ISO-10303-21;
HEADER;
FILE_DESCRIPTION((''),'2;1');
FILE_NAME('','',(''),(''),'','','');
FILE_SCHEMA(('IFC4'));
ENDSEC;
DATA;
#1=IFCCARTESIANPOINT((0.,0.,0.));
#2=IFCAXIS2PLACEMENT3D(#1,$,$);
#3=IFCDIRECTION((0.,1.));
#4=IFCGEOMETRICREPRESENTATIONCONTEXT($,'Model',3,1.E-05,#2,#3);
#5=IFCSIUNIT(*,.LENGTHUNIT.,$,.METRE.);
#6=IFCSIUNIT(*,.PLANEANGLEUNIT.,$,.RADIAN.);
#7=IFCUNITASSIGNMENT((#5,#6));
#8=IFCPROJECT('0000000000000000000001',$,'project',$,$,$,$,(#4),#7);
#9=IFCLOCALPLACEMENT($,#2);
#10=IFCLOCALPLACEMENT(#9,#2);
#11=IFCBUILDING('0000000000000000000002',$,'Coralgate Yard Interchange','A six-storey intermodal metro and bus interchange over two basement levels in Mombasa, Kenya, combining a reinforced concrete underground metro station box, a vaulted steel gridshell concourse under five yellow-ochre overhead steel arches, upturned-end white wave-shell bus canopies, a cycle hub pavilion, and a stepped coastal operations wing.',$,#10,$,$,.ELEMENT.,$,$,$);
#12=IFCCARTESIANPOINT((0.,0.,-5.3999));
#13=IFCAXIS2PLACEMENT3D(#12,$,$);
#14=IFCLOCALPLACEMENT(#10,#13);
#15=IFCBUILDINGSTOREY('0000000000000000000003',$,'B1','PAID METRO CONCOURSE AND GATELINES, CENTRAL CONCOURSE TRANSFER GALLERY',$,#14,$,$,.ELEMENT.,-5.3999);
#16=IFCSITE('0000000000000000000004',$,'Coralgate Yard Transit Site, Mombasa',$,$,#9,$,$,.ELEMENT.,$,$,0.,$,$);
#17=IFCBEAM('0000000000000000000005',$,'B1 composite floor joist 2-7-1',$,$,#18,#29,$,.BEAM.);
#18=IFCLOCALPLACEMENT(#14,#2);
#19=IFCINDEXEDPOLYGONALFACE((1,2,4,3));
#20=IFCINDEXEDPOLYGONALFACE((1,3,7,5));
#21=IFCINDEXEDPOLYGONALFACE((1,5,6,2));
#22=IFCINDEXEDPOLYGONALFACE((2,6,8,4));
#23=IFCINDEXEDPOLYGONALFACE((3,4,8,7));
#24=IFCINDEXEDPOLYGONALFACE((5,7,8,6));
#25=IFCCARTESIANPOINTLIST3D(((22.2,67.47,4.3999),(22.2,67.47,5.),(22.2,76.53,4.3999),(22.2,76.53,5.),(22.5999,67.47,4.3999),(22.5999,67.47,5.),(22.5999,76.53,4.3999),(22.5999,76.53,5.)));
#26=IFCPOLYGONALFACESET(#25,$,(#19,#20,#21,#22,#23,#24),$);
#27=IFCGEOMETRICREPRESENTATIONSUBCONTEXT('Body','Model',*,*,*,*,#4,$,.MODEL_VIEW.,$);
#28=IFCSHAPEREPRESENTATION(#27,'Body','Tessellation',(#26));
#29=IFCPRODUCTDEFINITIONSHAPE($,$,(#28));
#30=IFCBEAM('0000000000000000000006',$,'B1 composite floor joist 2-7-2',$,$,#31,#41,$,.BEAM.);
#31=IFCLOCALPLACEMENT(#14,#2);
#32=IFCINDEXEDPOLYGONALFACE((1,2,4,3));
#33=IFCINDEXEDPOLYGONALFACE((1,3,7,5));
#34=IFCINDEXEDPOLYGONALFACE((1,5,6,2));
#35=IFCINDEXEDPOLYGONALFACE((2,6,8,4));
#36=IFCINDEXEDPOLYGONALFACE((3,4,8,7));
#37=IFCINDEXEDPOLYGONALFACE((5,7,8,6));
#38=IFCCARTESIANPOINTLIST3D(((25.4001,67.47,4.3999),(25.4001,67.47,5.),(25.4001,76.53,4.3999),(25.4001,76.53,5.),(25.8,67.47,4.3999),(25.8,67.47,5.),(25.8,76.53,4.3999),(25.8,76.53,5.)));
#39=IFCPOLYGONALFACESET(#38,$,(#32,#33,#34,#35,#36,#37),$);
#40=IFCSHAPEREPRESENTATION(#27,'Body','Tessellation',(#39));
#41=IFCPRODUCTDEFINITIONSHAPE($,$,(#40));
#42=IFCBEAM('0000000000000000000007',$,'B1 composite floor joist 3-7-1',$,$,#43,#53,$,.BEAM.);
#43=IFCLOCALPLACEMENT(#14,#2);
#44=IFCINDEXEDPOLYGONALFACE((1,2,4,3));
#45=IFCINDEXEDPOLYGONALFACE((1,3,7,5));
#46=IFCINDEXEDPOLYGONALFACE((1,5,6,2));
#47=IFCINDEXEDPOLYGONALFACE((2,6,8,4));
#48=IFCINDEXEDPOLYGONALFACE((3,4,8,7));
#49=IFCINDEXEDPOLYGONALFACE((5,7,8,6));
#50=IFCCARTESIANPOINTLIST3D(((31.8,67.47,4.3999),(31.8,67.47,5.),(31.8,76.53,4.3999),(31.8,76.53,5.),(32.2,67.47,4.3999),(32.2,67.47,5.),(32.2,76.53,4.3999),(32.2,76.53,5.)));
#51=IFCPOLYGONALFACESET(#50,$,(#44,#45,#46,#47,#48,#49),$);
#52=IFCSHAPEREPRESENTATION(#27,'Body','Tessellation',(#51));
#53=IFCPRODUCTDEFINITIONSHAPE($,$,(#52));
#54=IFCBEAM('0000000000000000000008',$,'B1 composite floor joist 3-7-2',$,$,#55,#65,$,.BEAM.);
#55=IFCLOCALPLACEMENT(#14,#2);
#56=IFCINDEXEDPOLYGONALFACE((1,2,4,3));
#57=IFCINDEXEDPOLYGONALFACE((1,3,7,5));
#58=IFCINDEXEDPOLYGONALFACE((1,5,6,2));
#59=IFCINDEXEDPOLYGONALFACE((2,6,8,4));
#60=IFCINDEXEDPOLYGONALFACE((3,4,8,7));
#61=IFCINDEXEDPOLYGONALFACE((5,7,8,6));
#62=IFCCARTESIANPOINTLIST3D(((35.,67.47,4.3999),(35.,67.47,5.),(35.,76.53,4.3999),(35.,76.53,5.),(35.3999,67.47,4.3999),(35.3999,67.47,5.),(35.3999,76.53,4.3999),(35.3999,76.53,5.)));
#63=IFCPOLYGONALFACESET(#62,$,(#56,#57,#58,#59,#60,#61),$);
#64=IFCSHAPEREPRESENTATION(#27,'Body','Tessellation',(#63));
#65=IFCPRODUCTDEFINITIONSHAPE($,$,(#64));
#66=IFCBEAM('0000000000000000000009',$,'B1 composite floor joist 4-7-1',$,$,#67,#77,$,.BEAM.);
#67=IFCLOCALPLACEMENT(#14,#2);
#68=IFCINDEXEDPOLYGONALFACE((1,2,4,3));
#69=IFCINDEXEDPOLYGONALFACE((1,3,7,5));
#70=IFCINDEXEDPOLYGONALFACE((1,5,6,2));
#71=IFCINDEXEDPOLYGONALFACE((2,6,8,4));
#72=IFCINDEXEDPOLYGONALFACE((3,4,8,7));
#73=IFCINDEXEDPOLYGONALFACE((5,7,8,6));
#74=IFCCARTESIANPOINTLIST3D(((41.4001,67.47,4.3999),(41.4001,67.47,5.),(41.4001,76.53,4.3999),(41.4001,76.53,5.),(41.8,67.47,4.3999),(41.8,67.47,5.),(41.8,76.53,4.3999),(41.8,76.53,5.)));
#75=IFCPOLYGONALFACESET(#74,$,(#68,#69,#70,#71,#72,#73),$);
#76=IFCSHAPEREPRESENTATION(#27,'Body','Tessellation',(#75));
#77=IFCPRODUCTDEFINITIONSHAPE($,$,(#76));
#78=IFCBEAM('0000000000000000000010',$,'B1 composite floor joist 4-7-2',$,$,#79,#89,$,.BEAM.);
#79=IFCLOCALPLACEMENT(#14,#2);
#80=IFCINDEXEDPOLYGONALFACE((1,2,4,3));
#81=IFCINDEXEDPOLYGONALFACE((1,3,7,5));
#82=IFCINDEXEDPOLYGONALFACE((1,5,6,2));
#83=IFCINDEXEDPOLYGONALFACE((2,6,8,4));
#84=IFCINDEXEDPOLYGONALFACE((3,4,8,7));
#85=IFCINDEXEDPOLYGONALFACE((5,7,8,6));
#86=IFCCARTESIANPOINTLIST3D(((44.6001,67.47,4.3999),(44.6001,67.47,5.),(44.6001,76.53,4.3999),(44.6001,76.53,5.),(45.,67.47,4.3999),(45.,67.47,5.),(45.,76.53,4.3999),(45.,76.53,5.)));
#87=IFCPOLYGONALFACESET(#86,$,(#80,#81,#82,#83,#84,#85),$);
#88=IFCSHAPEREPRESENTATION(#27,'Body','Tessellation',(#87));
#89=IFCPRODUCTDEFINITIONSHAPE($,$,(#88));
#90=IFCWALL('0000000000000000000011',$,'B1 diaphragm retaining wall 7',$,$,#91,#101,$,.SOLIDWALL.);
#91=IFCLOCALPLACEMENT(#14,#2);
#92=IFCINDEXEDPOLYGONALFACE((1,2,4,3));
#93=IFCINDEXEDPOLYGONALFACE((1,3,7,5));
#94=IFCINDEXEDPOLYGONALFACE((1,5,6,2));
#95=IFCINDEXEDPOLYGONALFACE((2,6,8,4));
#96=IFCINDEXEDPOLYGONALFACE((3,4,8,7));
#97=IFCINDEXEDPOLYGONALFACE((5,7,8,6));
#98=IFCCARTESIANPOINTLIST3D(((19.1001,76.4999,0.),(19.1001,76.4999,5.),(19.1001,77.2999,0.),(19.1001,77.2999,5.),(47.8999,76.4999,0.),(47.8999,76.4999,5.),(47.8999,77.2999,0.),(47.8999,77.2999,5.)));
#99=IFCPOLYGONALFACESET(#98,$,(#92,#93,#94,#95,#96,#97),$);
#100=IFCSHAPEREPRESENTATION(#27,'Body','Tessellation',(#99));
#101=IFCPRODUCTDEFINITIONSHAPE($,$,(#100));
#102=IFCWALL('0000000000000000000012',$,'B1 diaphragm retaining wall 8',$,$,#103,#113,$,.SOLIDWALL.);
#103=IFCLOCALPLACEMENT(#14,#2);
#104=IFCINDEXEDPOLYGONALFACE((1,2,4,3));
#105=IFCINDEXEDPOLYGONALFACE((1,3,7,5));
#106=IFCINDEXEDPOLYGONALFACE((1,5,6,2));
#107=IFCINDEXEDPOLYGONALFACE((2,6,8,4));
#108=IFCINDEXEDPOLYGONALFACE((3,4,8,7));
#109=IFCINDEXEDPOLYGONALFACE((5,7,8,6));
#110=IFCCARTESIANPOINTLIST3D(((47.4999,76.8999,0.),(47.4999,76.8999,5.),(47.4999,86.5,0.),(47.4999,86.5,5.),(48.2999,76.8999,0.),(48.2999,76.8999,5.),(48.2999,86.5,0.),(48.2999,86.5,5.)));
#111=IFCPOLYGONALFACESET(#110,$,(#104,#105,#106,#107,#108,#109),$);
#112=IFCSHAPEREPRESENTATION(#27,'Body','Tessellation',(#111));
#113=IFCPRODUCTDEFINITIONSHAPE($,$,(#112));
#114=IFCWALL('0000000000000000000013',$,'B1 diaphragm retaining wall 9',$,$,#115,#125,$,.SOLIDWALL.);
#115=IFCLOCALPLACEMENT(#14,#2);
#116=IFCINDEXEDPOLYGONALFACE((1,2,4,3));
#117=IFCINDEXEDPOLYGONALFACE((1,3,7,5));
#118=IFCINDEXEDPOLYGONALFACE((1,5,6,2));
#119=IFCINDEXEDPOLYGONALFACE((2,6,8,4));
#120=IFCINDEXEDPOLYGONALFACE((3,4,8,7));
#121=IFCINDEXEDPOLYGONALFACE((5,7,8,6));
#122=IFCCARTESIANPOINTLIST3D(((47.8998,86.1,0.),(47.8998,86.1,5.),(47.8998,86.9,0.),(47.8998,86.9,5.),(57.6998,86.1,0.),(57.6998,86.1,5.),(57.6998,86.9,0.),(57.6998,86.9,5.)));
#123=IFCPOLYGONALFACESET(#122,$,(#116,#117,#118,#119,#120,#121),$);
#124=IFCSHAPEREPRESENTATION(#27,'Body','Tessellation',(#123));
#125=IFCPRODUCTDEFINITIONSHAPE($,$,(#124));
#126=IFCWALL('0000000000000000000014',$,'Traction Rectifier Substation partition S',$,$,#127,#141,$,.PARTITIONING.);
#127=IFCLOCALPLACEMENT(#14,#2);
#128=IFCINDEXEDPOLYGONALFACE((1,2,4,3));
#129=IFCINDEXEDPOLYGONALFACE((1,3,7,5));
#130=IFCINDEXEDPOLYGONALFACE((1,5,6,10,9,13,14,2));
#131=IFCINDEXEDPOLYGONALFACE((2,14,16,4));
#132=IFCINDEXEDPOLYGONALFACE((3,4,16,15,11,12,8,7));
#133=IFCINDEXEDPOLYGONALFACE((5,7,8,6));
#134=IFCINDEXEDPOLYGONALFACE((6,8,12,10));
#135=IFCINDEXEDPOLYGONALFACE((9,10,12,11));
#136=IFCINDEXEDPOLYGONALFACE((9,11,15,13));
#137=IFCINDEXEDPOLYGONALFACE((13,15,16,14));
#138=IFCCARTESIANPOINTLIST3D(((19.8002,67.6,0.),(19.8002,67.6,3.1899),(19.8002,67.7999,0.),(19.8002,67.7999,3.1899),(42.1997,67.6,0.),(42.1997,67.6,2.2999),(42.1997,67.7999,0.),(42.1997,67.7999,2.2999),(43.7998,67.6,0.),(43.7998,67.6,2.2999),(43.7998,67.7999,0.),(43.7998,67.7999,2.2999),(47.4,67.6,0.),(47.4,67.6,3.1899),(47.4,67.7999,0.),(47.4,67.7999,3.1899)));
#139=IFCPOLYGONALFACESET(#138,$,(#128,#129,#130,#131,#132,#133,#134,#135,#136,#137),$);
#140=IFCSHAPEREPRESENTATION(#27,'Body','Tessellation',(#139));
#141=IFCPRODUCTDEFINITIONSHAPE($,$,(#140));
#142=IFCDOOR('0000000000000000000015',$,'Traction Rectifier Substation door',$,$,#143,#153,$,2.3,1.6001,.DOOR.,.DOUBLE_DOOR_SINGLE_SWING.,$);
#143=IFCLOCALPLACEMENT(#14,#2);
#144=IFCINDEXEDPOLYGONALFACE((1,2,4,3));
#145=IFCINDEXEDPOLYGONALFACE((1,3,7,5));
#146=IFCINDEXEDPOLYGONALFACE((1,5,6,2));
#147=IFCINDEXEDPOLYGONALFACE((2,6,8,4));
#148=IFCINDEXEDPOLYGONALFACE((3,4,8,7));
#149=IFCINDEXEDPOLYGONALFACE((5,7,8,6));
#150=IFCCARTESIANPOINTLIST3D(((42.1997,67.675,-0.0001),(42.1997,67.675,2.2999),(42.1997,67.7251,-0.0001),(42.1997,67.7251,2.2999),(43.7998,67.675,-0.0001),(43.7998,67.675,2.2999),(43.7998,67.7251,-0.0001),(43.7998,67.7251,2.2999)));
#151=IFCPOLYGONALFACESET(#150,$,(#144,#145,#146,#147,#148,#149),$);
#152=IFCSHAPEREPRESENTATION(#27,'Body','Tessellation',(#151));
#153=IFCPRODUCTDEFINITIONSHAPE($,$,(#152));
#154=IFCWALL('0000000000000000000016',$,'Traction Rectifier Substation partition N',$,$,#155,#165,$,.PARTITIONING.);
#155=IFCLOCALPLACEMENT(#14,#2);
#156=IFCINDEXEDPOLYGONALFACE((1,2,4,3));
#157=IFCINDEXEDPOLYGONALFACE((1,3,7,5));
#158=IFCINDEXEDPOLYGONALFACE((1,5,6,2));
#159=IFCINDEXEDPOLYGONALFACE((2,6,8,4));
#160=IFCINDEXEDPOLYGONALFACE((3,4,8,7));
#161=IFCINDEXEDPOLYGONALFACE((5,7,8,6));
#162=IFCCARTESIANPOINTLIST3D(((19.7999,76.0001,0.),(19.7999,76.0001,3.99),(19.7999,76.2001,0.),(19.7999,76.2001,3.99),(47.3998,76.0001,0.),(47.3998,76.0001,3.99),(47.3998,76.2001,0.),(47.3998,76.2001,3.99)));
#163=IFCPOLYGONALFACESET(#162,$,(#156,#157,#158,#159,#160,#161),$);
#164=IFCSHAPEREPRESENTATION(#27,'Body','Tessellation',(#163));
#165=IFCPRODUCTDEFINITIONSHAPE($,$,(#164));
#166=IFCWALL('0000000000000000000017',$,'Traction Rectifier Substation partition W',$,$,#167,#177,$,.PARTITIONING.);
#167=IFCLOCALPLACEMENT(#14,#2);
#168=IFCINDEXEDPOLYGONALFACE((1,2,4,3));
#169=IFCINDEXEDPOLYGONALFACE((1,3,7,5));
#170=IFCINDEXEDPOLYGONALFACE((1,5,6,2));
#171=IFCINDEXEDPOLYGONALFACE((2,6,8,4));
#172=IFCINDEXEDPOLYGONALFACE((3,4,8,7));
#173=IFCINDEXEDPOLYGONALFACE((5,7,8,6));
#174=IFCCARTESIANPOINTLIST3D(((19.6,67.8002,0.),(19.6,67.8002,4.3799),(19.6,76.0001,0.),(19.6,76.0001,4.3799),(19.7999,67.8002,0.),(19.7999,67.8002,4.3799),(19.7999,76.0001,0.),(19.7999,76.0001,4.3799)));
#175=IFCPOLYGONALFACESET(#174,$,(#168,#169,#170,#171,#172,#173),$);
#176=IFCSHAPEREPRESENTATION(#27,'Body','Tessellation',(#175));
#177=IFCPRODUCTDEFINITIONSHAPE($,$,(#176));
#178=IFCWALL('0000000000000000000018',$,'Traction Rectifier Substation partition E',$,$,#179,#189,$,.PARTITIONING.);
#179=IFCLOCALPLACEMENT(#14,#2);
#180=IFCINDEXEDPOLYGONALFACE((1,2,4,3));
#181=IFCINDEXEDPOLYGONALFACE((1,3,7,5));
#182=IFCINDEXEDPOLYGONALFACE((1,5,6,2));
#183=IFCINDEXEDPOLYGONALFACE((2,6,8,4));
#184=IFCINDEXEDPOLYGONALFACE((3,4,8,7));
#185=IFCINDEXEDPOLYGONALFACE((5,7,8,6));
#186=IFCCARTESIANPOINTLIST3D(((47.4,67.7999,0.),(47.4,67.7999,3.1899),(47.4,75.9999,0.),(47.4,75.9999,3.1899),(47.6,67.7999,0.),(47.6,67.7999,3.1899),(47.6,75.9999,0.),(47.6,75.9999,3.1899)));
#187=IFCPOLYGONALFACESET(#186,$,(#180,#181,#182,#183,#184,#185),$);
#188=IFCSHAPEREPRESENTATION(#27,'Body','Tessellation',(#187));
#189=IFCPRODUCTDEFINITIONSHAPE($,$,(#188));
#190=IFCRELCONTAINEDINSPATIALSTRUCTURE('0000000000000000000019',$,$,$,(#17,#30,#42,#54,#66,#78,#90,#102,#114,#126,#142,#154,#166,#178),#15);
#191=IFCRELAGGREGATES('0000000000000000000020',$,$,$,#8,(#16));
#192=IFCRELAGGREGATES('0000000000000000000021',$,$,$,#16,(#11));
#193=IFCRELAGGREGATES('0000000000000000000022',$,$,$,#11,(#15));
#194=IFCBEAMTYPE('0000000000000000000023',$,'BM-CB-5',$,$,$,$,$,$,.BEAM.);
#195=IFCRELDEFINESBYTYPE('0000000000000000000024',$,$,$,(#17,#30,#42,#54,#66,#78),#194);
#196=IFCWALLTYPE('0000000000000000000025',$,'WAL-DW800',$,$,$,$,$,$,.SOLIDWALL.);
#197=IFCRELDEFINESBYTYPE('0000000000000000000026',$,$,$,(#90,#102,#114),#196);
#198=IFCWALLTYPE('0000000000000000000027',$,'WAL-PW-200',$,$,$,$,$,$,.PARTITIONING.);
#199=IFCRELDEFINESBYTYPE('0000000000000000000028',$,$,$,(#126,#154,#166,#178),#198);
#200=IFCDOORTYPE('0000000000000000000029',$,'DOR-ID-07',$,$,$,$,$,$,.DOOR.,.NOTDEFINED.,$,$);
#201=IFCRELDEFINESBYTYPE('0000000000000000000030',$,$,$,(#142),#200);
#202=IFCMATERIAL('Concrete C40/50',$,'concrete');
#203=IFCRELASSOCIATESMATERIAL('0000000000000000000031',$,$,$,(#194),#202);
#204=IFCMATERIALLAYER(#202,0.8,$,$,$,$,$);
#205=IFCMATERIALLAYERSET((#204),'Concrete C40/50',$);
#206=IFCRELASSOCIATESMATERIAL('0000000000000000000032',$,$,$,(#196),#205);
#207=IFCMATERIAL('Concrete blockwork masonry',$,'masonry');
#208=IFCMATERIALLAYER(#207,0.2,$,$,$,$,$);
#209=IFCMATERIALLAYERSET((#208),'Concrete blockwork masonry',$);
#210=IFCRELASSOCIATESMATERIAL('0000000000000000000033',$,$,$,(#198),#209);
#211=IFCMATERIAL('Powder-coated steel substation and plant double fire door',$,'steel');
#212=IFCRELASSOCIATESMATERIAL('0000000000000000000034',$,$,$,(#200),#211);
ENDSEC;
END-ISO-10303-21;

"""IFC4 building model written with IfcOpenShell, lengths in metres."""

from ifc_helpers import new_model, si_unit, direction, frame, frame_2d, origin, origin_2d, place, context, subcontext, project, spatial, rectangle, extrude, material, layer, layer_set, material_profile, profile_set, type_object, element, fill, save


model = new_model("IFC4")

# Units and contexts
model_context = context("Model", 3, precision=1e-05, world=origin(), true_north=direction((0.0, 1.0)))
body_context = subcontext(model_context, "Body", "Model", "MODEL_VIEW")
ifc_project = project(units=[si_unit("LENGTHUNIT", "METRE"), si_unit("PLANEANGLEUNIT", "RADIAN")], contexts=[model_context])

# Site, building, storey
site_placement = place(None, origin())
site = spatial("IfcSite", under=ifc_project, at=site_placement, Name="Coralgate Yard Transit Site, Mombasa", CompositionType="ELEMENT", RefElevation=0.0)
building_placement = place(site_placement, origin())
building = spatial("IfcBuilding", under=site, at=building_placement, Name="Coralgate Yard Interchange", Description="A six-storey intermodal metro and bus interchange over two basement levels in Mombasa, Kenya, combining a reinforced concrete underground metro station box, a vaulted steel gridshell concourse under five yellow-ochre overhead steel arches, upturned-end white wave-shell bus canopies, a cycle hub pavilion, and a stepped coastal operations wing.", CompositionType="ELEMENT")
storey_placement = place(building_placement, frame((0.0, 0.0, -5.3999)))
storey = spatial("IfcBuildingStorey", under=building, at=storey_placement, Name="B1", Description="PAID METRO CONCOURSE AND GATELINES, CENTRAL CONCOURSE TRANSFER GALLERY", CompositionType="ELEMENT", Elevation=-5.3999)

# Shared definitions
ifc_material_1 = material(Name="Concrete C40/50", Category="concrete")

# Beams
ifc_material_profile_1 = material_profile(ifc_material_1, rectangle(XDim=0.3999, YDim=0.6001, at=origin_2d()), Name="RC 400x600")
ifc_profile_set_1 = profile_set([ifc_material_profile_1], Name="Concrete C40/50")
beam_type_1 = type_object("IfcBeamType", Name="BM-CB-5", PredefinedType="BEAM", material=ifc_profile_set_1)
for number, where, z_axis, x_axis, name in (
    (1, (22.3999, 67.47, 4.7), (0.0, 1.0, 0.0), (-1.0, 0.0, 0.0), "B1 composite floor joist 2-7-1"),
    (2, (25.6001, 67.47, 4.7), (0.0, 1.0, 0.0), (-1.0, 0.0, 0.0), "B1 composite floor joist 2-7-2"),
    (3, (32.0, 67.47, 4.7), (0.0, 1.0, 0.0), (-1.0, 0.0, 0.0), "B1 composite floor joist 3-7-1"),
    (4, (35.2, 67.47, 4.7), (0.0, 1.0, 0.0), (-1.0, 0.0, 0.0), "B1 composite floor joist 3-7-2"),
    (5, (41.6001, 67.47, 4.7), (0.0, 1.0, 0.0), (-1.0, 0.0, 0.0), "B1 composite floor joist 4-7-1"),
    (6, (44.8, 67.47, 4.7), (0.0, 1.0, 0.0), (-1.0, 0.0, 0.0), "B1 composite floor joist 4-7-2"),
):
    element("IfcBeam", number, at=place(storey_placement, frame(where, z_axis=z_axis, x_axis=x_axis)), inside=storey, type_object=beam_type_1, Name=name, PredefinedType="BEAM", context=body_context, shape_type="SweptSolid", body=[
        extrude(rectangle(XDim=0.3999, YDim=0.6001, at=origin_2d()), origin(), (0.0, 0.0, 1.0), 9.0601),
    ])

# Walls
ifc_layer_1 = layer(ifc_material_1, 0.8)
ifc_layer_set_1 = layer_set([ifc_layer_1], Name="Concrete C40/50")
wall_type_1 = type_object("IfcWallType", Name="WAL-DW800", PredefinedType="SOLIDWALL", material=ifc_layer_set_1)
wall_1_placement = place(storey_placement, frame((19.1001, 76.8999, 0.0), z_axis=(0.0, 0.0, 1.0), x_axis=(1.0, 0.0, 0.0)))
element("IfcWall", 7, at=wall_1_placement, inside=storey, type_object=wall_type_1, Name="B1 diaphragm retaining wall 7", PredefinedType="SOLIDWALL", context=body_context, shape_type="SweptSolid", body=[
    extrude(rectangle(XDim=28.7998, YDim=0.8, at=frame_2d((14.3999, 0.0))), origin(), (0.0, 0.0, 1.0), 5.0),
])
wall_2_placement = place(storey_placement, frame((47.8999, 76.8999, 0.0), z_axis=(0.0, 0.0, 1.0), x_axis=(0.0, 1.0, 0.0)))
element("IfcWall", 8, at=wall_2_placement, inside=storey, type_object=wall_type_1, Name="B1 diaphragm retaining wall 8", PredefinedType="SOLIDWALL", context=body_context, shape_type="SweptSolid", body=[
    extrude(rectangle(XDim=9.6001, YDim=0.8, at=frame_2d((4.8, 0.0))), origin(), (0.0, 0.0, 1.0), 5.0),
])
wall_3_placement = place(storey_placement, frame((47.8999, 86.5, 0.0), z_axis=(0.0, 0.0, 1.0), x_axis=(1.0, 0.0, 0.0)))
element("IfcWall", 9, at=wall_3_placement, inside=storey, type_object=wall_type_1, Name="B1 diaphragm retaining wall 9", PredefinedType="SOLIDWALL", context=body_context, shape_type="SweptSolid", body=[
    extrude(rectangle(XDim=9.8, YDim=0.8, at=frame_2d((4.8999, 0.0))), origin(), (0.0, 0.0, 1.0), 5.0),
])

# Wall, opening, door
ifc_material_2 = material(Name="Concrete blockwork masonry", Category="masonry")
ifc_layer_2 = layer(ifc_material_2, 0.2)
ifc_layer_set_2 = layer_set([ifc_layer_2], Name="Concrete blockwork masonry")
wall_type_2 = type_object("IfcWallType", Name="WAL-PW-200", PredefinedType="PARTITIONING", material=ifc_layer_set_2)
wall_4_placement = place(storey_placement, frame((47.3999, 67.7, 0.0), z_axis=(0.0, 0.0, 1.0), x_axis=(-1.0, 0.0, 0.0)))
wall_4 = element("IfcWall", 10, at=wall_4_placement, inside=storey, type_object=wall_type_2, Name="Traction Rectifier Substation partition S", PredefinedType="PARTITIONING", context=body_context, shape_type="SweptSolid", body=[
    extrude(rectangle(XDim=27.5999, YDim=0.2, at=frame_2d((13.7998, 0.0))), origin(), (0.0, 0.0, 1.0), 3.1899),
])
opening_placement = place(wall_4_placement, frame((3.6001, 0.0, 0.0)))
opening = element("IfcOpeningElement", 11, at=opening_placement, cuts=wall_4, PredefinedType="OPENING", context=body_context, shape_type="SweptSolid", body=[
    extrude(rectangle(XDim=1.6001, YDim=2.3, at=frame_2d((0.8, 1.1499))), frame((0.0, 0.1099, 0.0), z_axis=(0.0, -1.0, 0.0), x_axis=(1.0, 0.0, 0.0)), (0.0, 0.0, 1.0), 0.22),
])
ifc_material_3 = material(Name="Powder-coated steel substation and plant double fire door", Category="steel")
door_type = type_object("IfcDoorType", Name="DOR-ID-07", OperationType="NOTDEFINED", PredefinedType="DOOR", material=ifc_material_3)
door_placement = place(opening_placement, origin())
door = element("IfcDoor", 12, at=door_placement, inside=storey, type_object=door_type, Name="Traction Rectifier Substation door", OperationType="DOUBLE_DOOR_SINGLE_SWING", OverallHeight=2.3, OverallWidth=1.6001, PredefinedType="DOOR", context=body_context, shape_type="SweptSolid", body=[
    extrude(rectangle(XDim=1.6001, YDim=2.3, at=frame_2d((0.8, 1.1499))), frame((0.0, 0.0249, 0.0), z_axis=(0.0, -1.0, 0.0), x_axis=(1.0, 0.0, 0.0)), (0.0, 0.0, 1.0), 0.05),
])
fill(opening, door)

# Walls
wall_5_placement = place(storey_placement, frame((19.8, 76.1001, 0.0), z_axis=(0.0, 0.0, 1.0), x_axis=(1.0, 0.0, 0.0)))
element("IfcWall", 13, at=wall_5_placement, inside=storey, type_object=wall_type_2, Name="Traction Rectifier Substation partition N", PredefinedType="PARTITIONING", context=body_context, shape_type="SweptSolid", body=[
    extrude(rectangle(XDim=27.5999, YDim=0.2, at=frame_2d((13.7998, 0.0))), origin(), (0.0, 0.0, 1.0), 3.99),
])
wall_6_placement = place(storey_placement, frame((19.7, 67.8, 0.0), z_axis=(0.0, 0.0, 1.0), x_axis=(0.0, 1.0, 0.0)))
element("IfcWall", 14, at=wall_6_placement, inside=storey, type_object=wall_type_2, Name="Traction Rectifier Substation partition W", PredefinedType="PARTITIONING", context=body_context, shape_type="SweptSolid", body=[
    extrude(rectangle(XDim=8.2, YDim=0.2, at=frame_2d((4.1001, 0.0))), origin(), (0.0, 0.0, 1.0), 4.3799),
])
wall_7_placement = place(storey_placement, frame((47.5, 76.0, 0.0), z_axis=(0.0, 0.0, 1.0), x_axis=(0.0, -1.0, 0.0)))
element("IfcWall", 15, at=wall_7_placement, inside=storey, type_object=wall_type_2, Name="Traction Rectifier Substation partition E", PredefinedType="PARTITIONING", context=body_context, shape_type="SweptSolid", body=[
    extrude(rectangle(XDim=8.2, YDim=0.2, at=frame_2d((4.1001, 0.0))), origin(), (0.0, 0.0, 1.0), 3.1899),
])

save(model, "model.ifc")
